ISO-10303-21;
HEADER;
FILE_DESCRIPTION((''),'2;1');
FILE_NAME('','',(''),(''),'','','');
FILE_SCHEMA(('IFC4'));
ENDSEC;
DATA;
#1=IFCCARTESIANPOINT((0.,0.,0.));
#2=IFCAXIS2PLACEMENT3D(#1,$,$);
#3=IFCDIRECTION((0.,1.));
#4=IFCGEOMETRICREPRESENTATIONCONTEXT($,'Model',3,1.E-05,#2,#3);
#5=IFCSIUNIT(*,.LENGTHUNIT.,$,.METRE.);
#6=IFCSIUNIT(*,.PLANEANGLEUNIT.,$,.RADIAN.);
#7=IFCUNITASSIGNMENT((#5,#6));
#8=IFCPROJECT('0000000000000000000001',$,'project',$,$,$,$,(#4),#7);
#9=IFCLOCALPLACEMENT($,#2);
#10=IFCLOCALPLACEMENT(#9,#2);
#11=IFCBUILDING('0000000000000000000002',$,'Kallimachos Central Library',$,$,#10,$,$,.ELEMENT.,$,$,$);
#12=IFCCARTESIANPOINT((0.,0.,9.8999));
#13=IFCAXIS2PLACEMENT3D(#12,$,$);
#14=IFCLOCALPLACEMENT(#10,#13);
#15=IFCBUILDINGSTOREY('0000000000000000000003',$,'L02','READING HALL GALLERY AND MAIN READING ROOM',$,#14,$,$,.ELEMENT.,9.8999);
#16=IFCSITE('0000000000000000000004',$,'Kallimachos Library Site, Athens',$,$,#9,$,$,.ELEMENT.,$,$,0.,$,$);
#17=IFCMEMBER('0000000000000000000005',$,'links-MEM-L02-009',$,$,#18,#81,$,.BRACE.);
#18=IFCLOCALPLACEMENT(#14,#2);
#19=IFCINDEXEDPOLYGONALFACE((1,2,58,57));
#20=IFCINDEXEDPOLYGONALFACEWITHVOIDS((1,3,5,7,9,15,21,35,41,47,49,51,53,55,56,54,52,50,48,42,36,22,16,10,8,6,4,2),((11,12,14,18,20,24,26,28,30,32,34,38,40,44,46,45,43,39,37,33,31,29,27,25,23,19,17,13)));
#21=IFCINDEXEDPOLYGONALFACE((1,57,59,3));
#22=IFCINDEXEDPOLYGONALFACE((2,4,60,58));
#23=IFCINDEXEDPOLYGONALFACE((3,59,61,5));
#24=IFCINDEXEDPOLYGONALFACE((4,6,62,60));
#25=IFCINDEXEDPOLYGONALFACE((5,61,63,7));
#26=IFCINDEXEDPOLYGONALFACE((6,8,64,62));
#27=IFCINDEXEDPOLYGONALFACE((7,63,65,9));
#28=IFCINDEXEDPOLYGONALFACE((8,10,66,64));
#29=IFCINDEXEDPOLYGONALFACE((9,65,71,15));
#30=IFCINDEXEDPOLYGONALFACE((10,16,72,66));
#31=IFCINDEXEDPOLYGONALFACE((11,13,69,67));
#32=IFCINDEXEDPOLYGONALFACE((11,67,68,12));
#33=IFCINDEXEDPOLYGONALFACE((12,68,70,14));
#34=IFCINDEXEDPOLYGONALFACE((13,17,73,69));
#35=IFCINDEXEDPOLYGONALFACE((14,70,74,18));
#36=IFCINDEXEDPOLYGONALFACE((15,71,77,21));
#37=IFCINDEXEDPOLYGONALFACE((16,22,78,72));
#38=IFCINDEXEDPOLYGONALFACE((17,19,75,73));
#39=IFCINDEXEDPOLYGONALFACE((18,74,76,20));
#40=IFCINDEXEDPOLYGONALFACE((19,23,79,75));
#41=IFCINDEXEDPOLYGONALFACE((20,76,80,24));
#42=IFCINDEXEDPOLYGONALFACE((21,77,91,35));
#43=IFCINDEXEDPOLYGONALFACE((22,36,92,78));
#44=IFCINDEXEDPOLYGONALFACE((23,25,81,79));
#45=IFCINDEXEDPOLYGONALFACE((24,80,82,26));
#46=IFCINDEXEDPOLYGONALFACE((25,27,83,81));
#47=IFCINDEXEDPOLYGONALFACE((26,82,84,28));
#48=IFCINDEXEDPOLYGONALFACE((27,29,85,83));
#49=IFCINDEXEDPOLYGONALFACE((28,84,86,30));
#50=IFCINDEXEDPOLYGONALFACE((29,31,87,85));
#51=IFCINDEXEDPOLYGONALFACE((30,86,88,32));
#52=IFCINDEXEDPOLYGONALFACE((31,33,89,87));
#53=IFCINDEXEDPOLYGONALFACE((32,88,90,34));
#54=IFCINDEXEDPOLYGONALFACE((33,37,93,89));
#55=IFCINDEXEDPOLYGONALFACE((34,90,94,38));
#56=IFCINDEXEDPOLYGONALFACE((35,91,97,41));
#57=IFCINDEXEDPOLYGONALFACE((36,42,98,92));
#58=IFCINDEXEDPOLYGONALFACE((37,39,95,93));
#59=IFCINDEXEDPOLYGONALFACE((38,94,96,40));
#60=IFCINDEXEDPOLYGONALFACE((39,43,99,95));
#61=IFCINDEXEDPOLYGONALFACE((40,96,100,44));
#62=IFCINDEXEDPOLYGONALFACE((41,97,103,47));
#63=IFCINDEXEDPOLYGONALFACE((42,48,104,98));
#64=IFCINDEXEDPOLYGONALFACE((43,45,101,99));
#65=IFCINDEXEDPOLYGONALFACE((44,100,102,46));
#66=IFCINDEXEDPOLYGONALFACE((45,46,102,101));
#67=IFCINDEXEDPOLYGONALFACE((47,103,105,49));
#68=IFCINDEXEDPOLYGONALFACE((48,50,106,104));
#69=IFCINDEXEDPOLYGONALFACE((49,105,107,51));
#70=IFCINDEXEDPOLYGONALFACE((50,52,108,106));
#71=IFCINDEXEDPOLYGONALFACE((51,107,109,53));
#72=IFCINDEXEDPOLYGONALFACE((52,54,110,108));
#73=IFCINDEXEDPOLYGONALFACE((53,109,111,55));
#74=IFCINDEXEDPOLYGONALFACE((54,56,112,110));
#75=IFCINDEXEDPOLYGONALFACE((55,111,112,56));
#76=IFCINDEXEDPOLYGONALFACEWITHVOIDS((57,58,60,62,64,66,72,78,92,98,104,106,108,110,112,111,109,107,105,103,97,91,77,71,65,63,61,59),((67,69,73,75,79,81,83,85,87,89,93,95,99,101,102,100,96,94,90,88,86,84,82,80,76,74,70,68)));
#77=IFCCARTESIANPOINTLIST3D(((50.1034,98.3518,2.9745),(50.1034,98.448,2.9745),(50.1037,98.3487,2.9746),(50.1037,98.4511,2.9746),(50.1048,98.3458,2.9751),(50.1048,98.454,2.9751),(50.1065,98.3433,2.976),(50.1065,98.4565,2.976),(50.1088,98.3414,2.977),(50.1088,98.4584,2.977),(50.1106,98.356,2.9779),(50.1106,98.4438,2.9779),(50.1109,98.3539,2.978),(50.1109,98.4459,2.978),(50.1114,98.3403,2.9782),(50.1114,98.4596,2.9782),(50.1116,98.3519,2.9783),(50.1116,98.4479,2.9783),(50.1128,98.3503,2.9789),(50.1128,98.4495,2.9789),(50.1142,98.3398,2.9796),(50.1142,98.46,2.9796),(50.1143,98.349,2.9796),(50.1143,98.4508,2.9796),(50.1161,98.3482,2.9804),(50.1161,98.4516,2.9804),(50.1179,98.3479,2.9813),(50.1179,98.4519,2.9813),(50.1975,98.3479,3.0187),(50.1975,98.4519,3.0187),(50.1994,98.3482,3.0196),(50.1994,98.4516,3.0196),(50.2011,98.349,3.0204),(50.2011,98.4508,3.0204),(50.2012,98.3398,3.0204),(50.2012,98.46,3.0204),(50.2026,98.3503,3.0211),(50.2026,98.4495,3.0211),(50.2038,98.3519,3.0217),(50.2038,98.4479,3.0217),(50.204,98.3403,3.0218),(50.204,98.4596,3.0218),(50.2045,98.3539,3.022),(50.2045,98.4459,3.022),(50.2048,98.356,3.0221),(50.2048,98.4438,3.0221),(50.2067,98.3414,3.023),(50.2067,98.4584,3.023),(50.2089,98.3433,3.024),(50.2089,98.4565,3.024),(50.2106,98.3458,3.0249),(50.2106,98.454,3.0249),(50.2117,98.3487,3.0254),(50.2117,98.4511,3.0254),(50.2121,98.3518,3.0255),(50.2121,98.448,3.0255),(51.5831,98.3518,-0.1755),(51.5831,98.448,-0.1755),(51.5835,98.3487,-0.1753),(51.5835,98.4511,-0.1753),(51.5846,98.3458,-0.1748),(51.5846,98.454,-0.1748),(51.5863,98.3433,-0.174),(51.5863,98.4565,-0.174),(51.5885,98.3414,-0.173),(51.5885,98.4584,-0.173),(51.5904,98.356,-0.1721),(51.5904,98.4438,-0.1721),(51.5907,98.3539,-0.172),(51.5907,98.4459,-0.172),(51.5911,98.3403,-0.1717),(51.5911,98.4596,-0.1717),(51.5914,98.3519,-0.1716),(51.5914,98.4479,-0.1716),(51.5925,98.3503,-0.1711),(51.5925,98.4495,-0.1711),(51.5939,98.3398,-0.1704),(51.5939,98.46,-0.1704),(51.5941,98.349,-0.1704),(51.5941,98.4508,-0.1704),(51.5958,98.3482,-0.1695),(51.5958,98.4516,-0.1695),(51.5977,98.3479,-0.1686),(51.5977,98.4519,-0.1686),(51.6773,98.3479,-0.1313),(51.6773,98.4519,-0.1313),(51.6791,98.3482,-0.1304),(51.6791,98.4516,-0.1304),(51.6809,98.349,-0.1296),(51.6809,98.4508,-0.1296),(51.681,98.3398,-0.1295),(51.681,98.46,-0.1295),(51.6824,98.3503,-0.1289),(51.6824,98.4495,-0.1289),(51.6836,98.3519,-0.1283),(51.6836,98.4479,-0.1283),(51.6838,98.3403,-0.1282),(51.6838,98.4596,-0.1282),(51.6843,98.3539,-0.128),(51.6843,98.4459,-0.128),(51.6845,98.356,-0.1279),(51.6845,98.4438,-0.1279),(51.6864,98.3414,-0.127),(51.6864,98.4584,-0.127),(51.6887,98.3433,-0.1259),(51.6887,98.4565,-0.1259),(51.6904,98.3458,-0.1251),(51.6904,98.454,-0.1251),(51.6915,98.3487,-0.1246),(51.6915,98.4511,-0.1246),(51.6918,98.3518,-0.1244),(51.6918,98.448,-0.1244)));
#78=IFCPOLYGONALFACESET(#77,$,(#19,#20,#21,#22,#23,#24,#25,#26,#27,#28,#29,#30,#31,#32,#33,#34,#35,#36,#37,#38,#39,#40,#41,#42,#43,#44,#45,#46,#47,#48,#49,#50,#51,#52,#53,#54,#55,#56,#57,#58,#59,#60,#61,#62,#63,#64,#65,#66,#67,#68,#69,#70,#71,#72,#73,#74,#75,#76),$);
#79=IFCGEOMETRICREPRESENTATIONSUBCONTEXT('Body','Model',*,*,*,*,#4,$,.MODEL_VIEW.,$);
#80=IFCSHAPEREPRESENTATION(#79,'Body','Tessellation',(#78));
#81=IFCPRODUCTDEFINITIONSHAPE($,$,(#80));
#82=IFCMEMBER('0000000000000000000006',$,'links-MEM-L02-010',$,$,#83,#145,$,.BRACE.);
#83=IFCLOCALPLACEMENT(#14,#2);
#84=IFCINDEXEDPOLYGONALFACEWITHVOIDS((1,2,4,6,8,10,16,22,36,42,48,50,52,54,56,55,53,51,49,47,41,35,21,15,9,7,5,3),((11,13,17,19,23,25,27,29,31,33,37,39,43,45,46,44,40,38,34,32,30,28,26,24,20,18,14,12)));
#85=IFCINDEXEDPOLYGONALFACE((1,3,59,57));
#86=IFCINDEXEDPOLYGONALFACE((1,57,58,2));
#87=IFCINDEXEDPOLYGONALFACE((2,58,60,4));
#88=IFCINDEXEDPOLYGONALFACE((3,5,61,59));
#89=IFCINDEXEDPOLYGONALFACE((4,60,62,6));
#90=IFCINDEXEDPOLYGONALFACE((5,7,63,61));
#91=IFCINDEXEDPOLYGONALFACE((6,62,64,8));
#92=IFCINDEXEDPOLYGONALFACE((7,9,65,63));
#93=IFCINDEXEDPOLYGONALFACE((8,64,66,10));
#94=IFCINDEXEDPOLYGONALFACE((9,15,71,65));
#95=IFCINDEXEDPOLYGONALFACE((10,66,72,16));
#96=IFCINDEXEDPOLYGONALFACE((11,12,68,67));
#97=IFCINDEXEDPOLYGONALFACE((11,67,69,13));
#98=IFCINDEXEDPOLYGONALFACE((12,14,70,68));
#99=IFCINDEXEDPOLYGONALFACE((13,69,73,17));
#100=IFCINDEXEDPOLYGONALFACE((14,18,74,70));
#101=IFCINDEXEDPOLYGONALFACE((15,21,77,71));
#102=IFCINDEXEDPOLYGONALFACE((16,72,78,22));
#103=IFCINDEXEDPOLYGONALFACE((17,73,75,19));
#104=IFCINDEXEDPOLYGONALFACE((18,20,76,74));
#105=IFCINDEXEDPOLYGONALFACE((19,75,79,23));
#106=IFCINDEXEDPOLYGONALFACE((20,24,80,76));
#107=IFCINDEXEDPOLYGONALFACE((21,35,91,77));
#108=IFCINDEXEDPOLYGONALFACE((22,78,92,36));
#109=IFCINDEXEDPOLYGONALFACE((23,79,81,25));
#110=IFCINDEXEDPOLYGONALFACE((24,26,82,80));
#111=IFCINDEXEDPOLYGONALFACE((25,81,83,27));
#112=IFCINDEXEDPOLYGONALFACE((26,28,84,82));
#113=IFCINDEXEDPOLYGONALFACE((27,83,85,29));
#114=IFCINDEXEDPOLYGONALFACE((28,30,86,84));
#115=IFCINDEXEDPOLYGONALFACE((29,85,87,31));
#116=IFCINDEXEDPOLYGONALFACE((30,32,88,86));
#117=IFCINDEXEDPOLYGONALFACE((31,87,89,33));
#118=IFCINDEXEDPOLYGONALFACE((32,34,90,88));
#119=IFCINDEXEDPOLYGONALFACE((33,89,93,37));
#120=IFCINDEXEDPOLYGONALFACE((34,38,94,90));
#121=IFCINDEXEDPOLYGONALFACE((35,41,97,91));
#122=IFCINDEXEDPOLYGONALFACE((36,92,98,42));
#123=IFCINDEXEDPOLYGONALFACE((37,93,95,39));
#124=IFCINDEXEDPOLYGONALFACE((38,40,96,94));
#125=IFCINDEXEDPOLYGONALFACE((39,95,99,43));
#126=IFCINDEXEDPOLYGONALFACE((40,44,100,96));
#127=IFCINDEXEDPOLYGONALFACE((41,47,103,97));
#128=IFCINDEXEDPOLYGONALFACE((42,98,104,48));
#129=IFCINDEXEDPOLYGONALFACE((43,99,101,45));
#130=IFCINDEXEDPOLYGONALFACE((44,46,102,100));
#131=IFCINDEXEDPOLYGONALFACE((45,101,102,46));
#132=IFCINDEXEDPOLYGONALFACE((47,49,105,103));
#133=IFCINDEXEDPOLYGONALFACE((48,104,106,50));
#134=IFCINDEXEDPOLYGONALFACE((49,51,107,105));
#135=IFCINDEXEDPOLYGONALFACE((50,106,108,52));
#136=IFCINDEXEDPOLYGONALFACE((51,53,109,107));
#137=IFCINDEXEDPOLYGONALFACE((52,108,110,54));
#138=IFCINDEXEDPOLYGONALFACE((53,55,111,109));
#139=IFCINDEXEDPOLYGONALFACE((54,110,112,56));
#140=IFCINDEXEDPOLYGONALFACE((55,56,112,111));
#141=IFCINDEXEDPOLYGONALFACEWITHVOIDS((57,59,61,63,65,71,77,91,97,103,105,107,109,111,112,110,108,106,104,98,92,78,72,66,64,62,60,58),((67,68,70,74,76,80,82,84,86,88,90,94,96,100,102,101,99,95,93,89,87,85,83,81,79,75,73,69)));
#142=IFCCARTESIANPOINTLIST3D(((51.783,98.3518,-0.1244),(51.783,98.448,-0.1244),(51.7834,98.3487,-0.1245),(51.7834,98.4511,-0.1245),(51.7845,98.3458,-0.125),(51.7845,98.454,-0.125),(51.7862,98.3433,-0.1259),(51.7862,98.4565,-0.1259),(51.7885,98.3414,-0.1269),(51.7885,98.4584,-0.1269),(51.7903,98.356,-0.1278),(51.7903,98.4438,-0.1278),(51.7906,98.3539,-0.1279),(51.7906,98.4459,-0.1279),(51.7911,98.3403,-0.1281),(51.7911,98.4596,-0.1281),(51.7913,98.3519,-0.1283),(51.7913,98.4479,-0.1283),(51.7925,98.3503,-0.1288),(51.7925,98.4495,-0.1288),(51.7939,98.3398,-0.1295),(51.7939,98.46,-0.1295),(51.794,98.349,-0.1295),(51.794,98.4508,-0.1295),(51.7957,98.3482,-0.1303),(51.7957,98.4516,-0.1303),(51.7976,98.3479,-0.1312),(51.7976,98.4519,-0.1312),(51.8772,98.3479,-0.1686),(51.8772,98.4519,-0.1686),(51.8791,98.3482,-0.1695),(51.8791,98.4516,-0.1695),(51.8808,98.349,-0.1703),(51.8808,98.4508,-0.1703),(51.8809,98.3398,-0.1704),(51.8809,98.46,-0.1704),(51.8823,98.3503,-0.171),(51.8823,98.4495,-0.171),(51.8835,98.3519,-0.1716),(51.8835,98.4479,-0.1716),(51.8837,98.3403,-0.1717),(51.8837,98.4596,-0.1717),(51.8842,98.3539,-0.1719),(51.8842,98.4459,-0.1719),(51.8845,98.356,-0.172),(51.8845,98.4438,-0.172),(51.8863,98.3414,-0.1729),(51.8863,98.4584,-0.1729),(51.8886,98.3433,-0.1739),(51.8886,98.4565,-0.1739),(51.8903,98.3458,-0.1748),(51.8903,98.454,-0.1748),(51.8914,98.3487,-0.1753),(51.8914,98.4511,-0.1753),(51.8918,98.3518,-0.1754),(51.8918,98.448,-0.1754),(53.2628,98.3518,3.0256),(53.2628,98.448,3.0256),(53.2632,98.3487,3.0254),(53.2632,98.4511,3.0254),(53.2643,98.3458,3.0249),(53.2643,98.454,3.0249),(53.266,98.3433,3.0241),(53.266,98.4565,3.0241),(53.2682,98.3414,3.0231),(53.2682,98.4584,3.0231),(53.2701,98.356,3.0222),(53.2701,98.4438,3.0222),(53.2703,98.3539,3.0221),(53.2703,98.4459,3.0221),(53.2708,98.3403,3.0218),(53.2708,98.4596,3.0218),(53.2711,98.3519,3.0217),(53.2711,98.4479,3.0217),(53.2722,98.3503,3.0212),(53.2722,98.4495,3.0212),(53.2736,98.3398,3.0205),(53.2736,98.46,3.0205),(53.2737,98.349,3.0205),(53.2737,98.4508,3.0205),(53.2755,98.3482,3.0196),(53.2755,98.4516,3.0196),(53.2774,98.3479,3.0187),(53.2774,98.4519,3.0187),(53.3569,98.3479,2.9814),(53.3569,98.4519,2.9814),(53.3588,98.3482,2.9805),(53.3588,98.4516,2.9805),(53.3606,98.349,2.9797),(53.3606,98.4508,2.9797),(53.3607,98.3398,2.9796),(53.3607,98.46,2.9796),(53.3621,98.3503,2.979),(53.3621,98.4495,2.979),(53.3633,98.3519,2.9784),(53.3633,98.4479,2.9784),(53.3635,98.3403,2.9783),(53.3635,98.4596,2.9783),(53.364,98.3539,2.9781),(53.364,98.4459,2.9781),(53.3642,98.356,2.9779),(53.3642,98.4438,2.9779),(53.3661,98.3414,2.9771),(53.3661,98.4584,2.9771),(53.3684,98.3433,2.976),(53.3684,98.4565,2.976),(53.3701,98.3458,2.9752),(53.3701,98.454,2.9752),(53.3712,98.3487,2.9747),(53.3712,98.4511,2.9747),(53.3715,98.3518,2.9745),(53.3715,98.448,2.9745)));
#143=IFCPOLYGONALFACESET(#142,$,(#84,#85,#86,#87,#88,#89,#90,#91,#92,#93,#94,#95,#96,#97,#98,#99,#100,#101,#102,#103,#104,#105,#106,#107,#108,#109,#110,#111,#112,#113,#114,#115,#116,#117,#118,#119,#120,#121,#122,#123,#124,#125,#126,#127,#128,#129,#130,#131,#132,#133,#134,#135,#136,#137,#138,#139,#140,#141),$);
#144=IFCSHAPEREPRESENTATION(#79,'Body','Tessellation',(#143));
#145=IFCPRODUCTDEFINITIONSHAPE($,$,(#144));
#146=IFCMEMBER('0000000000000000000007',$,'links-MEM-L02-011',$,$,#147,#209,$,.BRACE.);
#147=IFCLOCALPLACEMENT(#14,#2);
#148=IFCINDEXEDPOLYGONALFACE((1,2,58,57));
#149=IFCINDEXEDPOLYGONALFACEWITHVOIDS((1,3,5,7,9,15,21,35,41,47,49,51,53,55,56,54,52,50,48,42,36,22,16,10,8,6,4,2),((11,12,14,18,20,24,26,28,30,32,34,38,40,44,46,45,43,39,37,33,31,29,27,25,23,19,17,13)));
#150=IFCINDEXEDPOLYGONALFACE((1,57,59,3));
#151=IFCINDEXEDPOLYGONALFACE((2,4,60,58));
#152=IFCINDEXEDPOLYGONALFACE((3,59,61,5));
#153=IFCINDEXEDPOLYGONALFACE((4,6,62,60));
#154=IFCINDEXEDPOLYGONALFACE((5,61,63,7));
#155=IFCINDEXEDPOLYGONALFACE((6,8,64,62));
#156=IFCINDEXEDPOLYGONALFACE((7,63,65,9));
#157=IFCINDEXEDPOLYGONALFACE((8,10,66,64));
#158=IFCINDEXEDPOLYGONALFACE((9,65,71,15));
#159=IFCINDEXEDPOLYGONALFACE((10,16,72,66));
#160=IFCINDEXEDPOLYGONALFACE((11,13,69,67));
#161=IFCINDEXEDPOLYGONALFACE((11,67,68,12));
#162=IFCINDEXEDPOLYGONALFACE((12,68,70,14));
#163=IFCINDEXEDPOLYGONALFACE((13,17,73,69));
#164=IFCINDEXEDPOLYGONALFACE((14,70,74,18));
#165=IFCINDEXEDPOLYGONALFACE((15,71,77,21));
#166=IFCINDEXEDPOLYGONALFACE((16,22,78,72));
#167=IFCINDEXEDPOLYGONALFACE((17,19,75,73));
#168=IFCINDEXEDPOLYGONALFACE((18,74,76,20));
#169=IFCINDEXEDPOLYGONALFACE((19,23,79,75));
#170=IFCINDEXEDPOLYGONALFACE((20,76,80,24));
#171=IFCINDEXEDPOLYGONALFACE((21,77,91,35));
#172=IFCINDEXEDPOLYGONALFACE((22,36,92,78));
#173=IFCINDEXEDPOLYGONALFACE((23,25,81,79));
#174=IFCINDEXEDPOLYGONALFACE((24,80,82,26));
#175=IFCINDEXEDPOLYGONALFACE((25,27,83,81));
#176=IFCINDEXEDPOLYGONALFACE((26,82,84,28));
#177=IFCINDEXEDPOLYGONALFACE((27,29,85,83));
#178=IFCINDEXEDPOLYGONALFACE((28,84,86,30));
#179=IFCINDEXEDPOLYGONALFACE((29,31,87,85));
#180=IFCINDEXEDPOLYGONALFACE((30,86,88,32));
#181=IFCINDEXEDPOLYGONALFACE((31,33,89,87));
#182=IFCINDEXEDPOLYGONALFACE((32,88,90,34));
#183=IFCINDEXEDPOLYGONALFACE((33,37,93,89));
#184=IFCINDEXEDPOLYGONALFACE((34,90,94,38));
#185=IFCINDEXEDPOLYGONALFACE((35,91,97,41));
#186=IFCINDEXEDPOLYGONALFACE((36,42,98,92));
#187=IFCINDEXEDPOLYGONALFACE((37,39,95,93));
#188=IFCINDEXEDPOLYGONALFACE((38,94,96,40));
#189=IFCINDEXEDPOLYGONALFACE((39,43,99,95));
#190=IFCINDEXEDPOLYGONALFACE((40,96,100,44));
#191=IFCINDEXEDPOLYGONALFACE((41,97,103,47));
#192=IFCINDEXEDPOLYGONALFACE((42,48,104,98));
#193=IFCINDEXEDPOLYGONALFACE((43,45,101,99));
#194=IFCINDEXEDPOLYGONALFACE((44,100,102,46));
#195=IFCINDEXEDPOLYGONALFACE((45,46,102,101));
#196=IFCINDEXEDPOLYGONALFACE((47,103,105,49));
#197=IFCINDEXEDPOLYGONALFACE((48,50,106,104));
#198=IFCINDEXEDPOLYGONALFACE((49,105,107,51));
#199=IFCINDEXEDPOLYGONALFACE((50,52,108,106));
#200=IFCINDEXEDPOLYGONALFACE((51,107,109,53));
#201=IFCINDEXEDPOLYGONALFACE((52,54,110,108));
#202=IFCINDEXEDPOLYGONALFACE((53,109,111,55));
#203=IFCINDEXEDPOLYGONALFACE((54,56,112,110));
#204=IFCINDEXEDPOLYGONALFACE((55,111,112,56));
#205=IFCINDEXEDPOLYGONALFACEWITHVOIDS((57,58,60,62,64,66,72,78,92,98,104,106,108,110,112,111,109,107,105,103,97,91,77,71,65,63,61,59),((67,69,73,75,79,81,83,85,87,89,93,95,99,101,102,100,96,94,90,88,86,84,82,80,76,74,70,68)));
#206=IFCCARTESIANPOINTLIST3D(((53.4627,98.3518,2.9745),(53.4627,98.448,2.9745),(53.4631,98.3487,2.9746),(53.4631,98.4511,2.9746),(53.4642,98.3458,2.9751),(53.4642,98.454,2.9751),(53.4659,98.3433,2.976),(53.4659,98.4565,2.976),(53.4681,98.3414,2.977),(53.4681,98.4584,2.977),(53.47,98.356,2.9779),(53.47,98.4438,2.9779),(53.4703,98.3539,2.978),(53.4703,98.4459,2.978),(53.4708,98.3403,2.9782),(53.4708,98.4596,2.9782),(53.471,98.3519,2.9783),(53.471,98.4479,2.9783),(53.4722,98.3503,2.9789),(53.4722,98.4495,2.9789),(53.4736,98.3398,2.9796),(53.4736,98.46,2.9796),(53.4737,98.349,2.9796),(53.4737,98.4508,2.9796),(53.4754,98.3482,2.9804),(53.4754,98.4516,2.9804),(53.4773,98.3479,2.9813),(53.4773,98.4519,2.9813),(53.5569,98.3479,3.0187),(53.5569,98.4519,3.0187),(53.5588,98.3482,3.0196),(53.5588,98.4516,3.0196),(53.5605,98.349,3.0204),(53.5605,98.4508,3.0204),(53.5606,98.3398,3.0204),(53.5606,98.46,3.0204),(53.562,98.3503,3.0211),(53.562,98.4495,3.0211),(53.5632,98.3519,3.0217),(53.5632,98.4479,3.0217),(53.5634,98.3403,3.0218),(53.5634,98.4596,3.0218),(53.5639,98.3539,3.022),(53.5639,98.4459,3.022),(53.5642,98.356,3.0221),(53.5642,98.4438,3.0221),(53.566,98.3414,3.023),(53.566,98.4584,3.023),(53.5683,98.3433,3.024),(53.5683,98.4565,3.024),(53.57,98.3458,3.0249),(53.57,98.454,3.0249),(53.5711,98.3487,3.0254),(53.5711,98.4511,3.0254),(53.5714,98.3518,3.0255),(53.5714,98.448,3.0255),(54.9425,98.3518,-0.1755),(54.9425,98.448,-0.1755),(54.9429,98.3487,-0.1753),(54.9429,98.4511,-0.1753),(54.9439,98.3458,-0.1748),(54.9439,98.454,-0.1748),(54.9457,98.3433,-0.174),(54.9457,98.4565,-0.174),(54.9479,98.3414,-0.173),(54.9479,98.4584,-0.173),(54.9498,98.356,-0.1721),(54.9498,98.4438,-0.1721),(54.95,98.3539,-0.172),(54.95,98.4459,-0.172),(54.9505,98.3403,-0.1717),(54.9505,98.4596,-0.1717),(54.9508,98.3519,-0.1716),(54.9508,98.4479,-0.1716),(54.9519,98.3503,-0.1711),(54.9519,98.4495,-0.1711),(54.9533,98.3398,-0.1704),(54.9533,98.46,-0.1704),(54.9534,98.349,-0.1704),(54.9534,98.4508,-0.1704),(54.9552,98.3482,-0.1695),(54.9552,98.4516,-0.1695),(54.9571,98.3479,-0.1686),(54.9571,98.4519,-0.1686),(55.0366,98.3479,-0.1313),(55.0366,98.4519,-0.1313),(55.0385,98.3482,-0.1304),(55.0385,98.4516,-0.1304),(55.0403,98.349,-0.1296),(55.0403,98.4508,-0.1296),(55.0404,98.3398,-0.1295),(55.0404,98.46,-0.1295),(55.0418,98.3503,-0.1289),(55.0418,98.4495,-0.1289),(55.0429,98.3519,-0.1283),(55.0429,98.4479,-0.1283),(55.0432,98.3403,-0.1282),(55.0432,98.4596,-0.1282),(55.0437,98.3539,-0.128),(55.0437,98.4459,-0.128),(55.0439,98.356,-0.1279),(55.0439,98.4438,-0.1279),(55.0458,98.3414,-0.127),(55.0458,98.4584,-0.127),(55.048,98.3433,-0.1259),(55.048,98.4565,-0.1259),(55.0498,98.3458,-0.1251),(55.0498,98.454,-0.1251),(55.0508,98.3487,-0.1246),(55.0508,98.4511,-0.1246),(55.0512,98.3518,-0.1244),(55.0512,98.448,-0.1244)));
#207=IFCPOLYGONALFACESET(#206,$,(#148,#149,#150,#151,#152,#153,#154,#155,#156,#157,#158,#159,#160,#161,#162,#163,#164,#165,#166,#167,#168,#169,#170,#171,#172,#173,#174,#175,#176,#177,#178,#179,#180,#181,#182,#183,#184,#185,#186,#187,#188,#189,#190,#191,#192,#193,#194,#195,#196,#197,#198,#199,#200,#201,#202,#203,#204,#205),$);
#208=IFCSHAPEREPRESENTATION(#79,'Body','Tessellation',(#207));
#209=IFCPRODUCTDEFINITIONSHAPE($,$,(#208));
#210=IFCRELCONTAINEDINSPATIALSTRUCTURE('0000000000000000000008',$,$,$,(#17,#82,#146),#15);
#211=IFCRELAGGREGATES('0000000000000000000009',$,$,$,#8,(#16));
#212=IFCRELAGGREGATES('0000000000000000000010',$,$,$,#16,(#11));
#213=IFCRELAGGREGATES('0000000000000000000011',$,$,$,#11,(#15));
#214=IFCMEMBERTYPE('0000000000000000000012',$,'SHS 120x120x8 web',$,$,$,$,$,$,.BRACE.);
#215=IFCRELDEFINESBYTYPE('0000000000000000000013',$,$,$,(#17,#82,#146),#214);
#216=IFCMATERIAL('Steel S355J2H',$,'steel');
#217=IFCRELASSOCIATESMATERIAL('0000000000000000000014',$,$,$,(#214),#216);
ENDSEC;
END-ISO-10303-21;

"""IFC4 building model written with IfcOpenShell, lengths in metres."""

from ifc_helpers import new_model, si_unit, direction, frame, origin, origin_2d, place, context, subcontext, project, spatial, hollow_rectangle, extrude, material, material_profile, profile_set, type_object, element, save


model = new_model("IFC4")

# Units and contexts
model_context = context("Model", 3, precision=1e-05, world=origin(), true_north=direction((0.0, 1.0)))
body_context = subcontext(model_context, "Body", "Model", "MODEL_VIEW")
ifc_project = project(units=[si_unit("LENGTHUNIT", "METRE"), si_unit("PLANEANGLEUNIT", "RADIAN")], contexts=[model_context])

# Site, building, storey
site_placement = place(None, origin())
site = spatial("IfcSite", under=ifc_project, at=site_placement, Name="Kallimachos Library Site, Athens", CompositionType="ELEMENT", RefElevation=0.0)
building_placement = place(site_placement, origin())
building = spatial("IfcBuilding", under=site, at=building_placement, Name="Kallimachos Central Library", CompositionType="ELEMENT")
storey_placement = place(building_placement, frame((0.0, 0.0, 9.8999)))
storey = spatial("IfcBuildingStorey", under=building, at=storey_placement, Name="L02", Description="READING HALL GALLERY AND MAIN READING ROOM", CompositionType="ELEMENT", Elevation=9.8999)

# Members
ifc_material_1 = material(Name="Steel S355J2H", Category="steel")
ifc_material_profile_1 = material_profile(ifc_material_1, hollow_rectangle(XDim=0.1201, YDim=0.1201, WallThickness=0.0081, InnerFilletRadius=0.0081, OuterFilletRadius=0.012, at=origin_2d()), Name="SHS 120x120x8")
ifc_profile_set_1 = profile_set([ifc_material_profile_1], Name="Steel S355J2H")
member_type_1 = type_object("IfcMemberType", Name="SHS 120x120x8 web", PredefinedType="BRACE", material=ifc_profile_set_1)
for number, where, z_axis, x_axis, name in (
    (1, (50.1577, 98.3999, 3.0), (0.425192, 0.0, -0.905103), (0.0, 1.0, 0.0), "links-MEM-L02-009"),
    (2, (51.8374, 98.3999, -0.1499), (0.425192, 0.0, 0.905103), (0.0, 1.0, 0.0), "links-MEM-L02-010"),
    (3, (53.5171, 98.3999, 3.0), (0.425192, 0.0, -0.905103), (0.0, 1.0, 0.0), "links-MEM-L02-011"),
):
    element("IfcMember", number, at=place(storey_placement, frame(where, z_axis=z_axis, x_axis=x_axis)), inside=storey, type_object=member_type_1, Name=name, PredefinedType="BRACE", context=body_context, shape_type="SweptSolid", body=[
        extrude(hollow_rectangle(XDim=0.1201, YDim=0.1201, WallThickness=0.0081, InnerFilletRadius=0.0081, OuterFilletRadius=0.012, at=origin_2d()), origin(), (0.0, 0.0, 1.0), 3.4802),
    ])

save(model, "model.ifc")
